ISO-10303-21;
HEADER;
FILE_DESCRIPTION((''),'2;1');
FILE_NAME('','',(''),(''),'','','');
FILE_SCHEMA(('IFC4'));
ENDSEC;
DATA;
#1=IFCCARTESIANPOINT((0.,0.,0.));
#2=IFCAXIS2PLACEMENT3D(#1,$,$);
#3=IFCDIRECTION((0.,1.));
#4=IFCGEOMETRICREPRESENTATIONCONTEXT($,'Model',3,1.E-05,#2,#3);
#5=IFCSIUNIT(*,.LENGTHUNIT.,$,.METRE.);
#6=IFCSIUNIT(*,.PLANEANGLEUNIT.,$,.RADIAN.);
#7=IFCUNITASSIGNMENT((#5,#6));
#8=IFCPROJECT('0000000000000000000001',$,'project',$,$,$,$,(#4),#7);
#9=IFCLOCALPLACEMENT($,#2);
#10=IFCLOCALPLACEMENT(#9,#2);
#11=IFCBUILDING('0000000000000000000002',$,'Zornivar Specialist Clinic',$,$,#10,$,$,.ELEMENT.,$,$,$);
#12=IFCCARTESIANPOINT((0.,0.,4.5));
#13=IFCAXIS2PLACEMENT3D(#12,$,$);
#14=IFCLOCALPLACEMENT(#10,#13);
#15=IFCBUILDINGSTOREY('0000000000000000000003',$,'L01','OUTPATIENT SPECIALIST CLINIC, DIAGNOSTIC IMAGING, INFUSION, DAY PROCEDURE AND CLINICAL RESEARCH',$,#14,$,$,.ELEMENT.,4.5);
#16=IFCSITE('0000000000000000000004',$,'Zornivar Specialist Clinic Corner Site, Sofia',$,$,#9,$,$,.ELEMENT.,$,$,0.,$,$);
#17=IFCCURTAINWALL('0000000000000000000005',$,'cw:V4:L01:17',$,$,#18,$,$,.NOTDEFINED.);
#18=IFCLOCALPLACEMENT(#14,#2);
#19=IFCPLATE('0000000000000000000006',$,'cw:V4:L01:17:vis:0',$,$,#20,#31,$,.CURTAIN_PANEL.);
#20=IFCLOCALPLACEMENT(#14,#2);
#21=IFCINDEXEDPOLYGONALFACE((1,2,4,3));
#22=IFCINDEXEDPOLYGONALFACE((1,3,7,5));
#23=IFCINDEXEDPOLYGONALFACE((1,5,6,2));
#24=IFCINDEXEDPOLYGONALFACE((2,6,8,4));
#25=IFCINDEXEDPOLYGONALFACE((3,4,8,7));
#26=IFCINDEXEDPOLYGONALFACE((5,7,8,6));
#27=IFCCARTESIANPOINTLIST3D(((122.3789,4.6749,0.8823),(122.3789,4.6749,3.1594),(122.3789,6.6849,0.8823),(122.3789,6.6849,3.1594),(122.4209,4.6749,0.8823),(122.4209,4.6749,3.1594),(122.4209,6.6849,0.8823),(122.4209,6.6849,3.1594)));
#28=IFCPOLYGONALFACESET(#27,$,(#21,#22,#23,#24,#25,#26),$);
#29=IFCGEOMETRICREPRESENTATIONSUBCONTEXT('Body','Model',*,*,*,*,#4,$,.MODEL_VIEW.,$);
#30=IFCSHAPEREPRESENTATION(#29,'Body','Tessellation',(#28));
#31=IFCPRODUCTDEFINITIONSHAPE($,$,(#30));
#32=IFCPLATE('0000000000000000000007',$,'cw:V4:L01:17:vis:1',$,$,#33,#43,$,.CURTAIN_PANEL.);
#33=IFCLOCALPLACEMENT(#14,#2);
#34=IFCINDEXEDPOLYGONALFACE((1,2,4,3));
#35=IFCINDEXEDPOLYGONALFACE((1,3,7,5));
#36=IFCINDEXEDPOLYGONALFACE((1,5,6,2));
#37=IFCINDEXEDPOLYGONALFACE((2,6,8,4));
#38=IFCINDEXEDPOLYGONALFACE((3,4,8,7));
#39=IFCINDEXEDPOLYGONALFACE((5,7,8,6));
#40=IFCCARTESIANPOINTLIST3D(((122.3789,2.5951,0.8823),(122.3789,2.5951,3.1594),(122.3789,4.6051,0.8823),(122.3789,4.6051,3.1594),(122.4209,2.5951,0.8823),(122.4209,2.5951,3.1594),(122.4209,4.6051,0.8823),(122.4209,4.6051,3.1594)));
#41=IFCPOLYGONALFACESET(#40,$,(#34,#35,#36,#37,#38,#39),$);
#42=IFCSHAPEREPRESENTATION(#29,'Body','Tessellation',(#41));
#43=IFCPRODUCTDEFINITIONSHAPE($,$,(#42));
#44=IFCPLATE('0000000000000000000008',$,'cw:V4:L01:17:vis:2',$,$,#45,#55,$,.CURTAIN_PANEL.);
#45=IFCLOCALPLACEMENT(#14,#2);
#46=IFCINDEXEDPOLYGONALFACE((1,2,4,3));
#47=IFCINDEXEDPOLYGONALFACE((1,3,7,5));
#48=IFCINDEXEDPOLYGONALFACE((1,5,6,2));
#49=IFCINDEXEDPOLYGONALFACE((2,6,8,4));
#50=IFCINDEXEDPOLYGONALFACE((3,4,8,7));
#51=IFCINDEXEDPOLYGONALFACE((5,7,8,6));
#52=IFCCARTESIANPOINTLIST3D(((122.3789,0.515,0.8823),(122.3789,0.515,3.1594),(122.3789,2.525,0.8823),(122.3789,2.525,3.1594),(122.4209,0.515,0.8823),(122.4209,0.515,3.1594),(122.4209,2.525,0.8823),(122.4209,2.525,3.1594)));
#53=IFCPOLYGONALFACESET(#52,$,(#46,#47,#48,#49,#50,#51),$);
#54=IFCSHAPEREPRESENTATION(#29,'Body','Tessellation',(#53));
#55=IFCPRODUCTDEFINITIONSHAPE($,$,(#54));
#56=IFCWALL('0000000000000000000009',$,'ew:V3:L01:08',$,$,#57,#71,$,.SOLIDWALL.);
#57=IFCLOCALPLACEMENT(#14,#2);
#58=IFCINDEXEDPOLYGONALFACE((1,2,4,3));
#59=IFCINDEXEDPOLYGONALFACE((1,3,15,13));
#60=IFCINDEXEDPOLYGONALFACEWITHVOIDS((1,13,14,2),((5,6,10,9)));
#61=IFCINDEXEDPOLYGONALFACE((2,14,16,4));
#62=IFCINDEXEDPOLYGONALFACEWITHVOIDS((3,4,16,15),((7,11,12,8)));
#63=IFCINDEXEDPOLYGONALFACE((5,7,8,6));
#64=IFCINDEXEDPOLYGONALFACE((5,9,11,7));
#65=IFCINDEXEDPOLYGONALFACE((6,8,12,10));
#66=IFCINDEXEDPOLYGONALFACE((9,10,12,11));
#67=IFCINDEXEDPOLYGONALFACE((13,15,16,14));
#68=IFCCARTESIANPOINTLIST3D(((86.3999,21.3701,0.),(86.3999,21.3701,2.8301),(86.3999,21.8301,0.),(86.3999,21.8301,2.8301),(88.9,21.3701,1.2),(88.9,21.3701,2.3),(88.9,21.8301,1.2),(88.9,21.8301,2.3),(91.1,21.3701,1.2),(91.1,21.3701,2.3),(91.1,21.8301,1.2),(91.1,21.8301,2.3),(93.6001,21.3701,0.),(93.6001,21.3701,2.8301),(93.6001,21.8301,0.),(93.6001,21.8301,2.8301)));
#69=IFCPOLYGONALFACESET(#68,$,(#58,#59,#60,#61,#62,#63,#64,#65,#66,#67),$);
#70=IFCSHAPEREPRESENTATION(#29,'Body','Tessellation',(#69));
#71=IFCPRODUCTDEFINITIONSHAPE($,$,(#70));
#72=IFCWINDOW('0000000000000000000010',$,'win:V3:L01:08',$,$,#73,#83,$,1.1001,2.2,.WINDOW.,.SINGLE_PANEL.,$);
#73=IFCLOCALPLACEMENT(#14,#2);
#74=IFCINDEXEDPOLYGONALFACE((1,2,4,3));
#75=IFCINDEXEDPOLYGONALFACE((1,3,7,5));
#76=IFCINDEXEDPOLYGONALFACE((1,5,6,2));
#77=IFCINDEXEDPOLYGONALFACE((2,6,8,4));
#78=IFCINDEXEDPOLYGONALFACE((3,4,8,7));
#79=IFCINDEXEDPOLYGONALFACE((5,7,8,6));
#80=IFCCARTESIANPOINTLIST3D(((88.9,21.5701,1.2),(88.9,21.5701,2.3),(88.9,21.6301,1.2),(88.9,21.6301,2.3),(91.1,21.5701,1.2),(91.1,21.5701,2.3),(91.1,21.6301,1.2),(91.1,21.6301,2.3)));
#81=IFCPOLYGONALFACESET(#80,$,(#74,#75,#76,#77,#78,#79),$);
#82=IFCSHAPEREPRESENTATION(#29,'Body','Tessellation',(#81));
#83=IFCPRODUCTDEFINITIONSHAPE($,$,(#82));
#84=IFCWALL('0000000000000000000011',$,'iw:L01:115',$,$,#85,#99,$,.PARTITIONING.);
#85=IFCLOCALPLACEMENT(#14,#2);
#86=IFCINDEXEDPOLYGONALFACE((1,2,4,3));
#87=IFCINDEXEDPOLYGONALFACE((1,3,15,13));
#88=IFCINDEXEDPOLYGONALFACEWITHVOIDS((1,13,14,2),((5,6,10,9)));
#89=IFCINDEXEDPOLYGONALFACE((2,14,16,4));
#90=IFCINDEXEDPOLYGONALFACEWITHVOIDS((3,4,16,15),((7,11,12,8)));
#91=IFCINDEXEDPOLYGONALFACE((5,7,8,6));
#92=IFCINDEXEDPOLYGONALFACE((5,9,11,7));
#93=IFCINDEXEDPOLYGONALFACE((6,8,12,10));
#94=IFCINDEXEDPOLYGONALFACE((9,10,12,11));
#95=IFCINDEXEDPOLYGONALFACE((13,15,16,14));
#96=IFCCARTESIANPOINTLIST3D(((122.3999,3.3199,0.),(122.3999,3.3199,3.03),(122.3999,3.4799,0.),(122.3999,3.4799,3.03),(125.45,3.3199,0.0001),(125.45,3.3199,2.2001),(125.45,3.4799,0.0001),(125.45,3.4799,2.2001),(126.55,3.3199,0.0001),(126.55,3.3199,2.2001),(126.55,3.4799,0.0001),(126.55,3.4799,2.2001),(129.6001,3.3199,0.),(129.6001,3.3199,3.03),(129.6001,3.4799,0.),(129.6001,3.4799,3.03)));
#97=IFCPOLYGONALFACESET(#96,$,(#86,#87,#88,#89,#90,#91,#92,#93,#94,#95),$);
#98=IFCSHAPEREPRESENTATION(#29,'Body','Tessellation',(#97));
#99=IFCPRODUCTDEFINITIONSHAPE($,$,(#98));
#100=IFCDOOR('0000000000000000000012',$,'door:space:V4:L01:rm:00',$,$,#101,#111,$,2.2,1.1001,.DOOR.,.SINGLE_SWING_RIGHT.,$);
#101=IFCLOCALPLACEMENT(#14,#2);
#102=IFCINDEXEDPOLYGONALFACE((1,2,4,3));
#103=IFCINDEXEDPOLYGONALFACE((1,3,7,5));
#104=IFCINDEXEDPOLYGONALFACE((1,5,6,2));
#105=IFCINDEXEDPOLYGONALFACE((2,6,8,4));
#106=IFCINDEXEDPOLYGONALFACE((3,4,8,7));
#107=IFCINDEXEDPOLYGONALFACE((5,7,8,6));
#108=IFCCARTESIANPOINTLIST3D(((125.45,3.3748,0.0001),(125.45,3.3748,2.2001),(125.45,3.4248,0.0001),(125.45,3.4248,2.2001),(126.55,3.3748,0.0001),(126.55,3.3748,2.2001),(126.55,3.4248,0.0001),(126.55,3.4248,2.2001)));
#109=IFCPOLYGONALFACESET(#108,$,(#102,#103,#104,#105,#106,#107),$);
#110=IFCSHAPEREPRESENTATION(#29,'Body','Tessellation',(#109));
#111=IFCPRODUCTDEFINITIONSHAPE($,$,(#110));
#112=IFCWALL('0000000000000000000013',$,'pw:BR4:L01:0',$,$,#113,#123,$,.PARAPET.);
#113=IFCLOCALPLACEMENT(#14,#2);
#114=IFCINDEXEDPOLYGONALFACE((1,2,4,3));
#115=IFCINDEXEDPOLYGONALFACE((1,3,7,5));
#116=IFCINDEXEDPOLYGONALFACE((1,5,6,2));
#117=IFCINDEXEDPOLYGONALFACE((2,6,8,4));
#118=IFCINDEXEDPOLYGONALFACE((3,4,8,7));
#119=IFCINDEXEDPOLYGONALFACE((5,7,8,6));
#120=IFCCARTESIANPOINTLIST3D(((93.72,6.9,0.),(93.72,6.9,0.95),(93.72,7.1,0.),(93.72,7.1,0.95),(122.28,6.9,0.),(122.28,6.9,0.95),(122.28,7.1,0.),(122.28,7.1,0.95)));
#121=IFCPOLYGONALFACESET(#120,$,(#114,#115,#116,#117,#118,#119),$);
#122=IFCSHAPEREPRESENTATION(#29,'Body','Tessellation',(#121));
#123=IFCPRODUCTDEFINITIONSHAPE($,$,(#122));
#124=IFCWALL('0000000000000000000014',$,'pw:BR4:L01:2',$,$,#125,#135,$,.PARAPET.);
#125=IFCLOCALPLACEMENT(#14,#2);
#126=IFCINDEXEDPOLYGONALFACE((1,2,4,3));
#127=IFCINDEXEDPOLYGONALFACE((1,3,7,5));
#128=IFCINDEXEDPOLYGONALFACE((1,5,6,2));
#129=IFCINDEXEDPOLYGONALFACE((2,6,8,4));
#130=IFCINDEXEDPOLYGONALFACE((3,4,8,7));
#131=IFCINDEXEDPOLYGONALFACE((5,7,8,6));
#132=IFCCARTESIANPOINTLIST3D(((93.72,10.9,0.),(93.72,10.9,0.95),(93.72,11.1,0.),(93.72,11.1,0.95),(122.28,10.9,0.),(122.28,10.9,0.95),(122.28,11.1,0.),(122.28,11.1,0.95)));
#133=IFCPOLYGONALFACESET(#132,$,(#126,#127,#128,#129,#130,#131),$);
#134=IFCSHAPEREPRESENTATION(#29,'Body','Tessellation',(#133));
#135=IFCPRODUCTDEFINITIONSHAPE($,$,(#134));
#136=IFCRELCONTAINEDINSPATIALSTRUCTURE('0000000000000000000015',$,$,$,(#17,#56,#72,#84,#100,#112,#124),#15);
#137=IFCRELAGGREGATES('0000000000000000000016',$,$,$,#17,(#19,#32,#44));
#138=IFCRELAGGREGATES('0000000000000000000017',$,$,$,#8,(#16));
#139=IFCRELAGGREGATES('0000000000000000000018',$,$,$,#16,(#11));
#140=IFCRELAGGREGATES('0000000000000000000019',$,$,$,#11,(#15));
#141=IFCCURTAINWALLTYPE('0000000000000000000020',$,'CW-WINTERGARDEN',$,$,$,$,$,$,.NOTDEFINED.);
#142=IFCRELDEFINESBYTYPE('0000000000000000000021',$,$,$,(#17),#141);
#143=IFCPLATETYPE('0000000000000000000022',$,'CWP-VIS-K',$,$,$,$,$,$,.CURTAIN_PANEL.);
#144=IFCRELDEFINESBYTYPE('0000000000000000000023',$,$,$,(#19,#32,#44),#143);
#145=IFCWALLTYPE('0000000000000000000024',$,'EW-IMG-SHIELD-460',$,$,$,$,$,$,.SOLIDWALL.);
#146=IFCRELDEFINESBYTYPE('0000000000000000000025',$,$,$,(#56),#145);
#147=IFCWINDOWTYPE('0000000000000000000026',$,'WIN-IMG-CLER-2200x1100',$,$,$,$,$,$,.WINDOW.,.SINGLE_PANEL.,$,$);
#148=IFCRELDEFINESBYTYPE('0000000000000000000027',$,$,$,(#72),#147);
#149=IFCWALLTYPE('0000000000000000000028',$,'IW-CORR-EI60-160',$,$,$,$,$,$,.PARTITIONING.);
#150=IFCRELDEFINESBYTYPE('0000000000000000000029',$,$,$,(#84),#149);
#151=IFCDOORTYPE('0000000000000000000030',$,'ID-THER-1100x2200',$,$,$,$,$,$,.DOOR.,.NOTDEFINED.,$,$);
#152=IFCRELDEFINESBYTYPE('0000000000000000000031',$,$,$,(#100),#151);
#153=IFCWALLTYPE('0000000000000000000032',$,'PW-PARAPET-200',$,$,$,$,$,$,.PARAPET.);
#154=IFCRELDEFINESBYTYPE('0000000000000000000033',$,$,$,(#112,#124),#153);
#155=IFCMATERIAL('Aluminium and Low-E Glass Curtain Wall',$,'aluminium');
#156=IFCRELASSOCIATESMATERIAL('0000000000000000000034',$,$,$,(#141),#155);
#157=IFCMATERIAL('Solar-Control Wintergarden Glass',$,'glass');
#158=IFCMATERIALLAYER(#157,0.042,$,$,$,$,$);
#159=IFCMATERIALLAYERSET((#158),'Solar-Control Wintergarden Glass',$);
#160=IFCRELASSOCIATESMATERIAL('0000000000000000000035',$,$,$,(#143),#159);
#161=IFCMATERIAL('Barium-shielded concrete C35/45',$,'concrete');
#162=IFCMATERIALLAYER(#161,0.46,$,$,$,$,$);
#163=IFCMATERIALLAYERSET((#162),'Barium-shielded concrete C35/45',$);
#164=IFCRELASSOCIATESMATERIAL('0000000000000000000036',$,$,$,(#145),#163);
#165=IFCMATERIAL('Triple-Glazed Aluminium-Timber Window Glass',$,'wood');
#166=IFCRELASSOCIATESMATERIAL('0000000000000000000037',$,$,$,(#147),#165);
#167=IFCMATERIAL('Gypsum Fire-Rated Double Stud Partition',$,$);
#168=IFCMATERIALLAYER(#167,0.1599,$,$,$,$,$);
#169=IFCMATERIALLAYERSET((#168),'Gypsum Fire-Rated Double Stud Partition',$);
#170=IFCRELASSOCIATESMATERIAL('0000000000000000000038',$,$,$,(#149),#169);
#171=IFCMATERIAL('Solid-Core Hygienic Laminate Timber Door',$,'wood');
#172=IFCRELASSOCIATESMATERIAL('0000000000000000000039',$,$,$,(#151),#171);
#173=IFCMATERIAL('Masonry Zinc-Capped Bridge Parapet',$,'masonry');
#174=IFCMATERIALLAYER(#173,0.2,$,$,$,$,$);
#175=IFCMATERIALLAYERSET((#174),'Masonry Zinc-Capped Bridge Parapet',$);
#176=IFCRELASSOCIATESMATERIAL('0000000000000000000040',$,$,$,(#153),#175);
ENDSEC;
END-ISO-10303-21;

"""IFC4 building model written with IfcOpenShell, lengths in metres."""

from ifc_helpers import new_model, si_unit, direction, frame, frame_2d, origin, origin_2d, place, context, subcontext, project, spatial, rectangle, extrude, material, layer, layer_set, type_object, element, fill, aggregate, save


model = new_model("IFC4")

# Units and contexts
model_context = context("Model", 3, precision=1e-05, world=origin(), true_north=direction((0.0, 1.0)))
body_context = subcontext(model_context, "Body", "Model", "MODEL_VIEW")
ifc_project = project(units=[si_unit("LENGTHUNIT", "METRE"), si_unit("PLANEANGLEUNIT", "RADIAN")], contexts=[model_context])

# Site, building, storey
site_placement = place(None, origin())
site = spatial("IfcSite", under=ifc_project, at=site_placement, Name="Zornivar Specialist Clinic Corner Site, Sofia", CompositionType="ELEMENT", RefElevation=0.0)
building_placement = place(site_placement, origin())
building = spatial("IfcBuilding", under=site, at=building_placement, Name="Zornivar Specialist Clinic", CompositionType="ELEMENT")
storey_placement = place(building_placement, frame((0.0, 0.0, 4.5)))
storey = spatial("IfcBuildingStorey", under=building, at=storey_placement, Name="L01", Description="OUTPATIENT SPECIALIST CLINIC, DIAGNOSTIC IMAGING, INFUSION, DAY PROCEDURE AND CLINICAL RESEARCH", CompositionType="ELEMENT", Elevation=4.5)

# Curtain wall, plates
ifc_material_1 = material(Name="Aluminium and Low-E Glass Curtain Wall", Category="aluminium")
curtain_wall_type = type_object("IfcCurtainWallType", Name="CW-WINTERGARDEN", PredefinedType="NOTDEFINED", material=ifc_material_1)
curtain_wall_placement = place(storey_placement, origin())
curtain_wall = element("IfcCurtainWall", 1, at=curtain_wall_placement, inside=storey, type_object=curtain_wall_type, Name="cw:V4:L01:17", PredefinedType="NOTDEFINED")
ifc_material_2 = material(Name="Solar-Control Wintergarden Glass", Category="glass")
ifc_layer_1 = layer(ifc_material_2, 0.042)
ifc_layer_set_1 = layer_set([ifc_layer_1], Name="Solar-Control Wintergarden Glass")
plate_type_1 = type_object("IfcPlateType", Name="CWP-VIS-K", PredefinedType="CURTAIN_PANEL", material=ifc_layer_set_1)
plate_1_placement = place(storey_placement, frame((122.3999, 5.6799, 0.8823), z_axis=(0.0, 0.0, 1.0), x_axis=(0.0, -1.0, 0.0)))
plate_1 = element("IfcPlate", 2, at=plate_1_placement, type_object=plate_type_1, Name="cw:V4:L01:17:vis:0", PredefinedType="CURTAIN_PANEL", context=body_context, shape_type="SweptSolid", body=[
    extrude(rectangle(XDim=2.01, YDim=0.042, at=origin_2d()), origin(), (0.0, 0.0, 1.0), 2.2771),
])
plate_2_placement = place(storey_placement, frame((122.3999, 3.6001, 0.8823), z_axis=(0.0, 0.0, 1.0), x_axis=(0.0, -1.0, 0.0)))
plate_2 = element("IfcPlate", 3, at=plate_2_placement, type_object=plate_type_1, Name="cw:V4:L01:17:vis:1", PredefinedType="CURTAIN_PANEL", context=body_context, shape_type="SweptSolid", body=[
    extrude(rectangle(XDim=2.01, YDim=0.042, at=origin_2d()), origin(), (0.0, 0.0, 1.0), 2.2771),
])
plate_3_placement = place(storey_placement, frame((122.3999, 1.52, 0.8823), z_axis=(0.0, 0.0, 1.0), x_axis=(0.0, -1.0, 0.0)))
plate_3 = element("IfcPlate", 4, at=plate_3_placement, type_object=plate_type_1, Name="cw:V4:L01:17:vis:2", PredefinedType="CURTAIN_PANEL", context=body_context, shape_type="SweptSolid", body=[
    extrude(rectangle(XDim=2.01, YDim=0.042, at=origin_2d()), origin(), (0.0, 0.0, 1.0), 2.2771),
])
aggregate(curtain_wall, [plate_1, plate_2, plate_3])

# Wall, opening, window
ifc_material_3 = material(Name="Barium-shielded concrete C35/45", Category="concrete")
ifc_layer_2 = layer(ifc_material_3, 0.46)
ifc_layer_set_2 = layer_set([ifc_layer_2], Name="Barium-shielded concrete C35/45")
wall_type_1 = type_object("IfcWallType", Name="EW-IMG-SHIELD-460", PredefinedType="SOLIDWALL", material=ifc_layer_set_2)
wall_1_placement = place(storey_placement, frame((93.6001, 21.6001, 0.0), z_axis=(0.0, 0.0, 1.0), x_axis=(-1.0, 0.0, 0.0)))
wall_1 = element("IfcWall", 5, at=wall_1_placement, inside=storey, type_object=wall_type_1, Name="ew:V3:L01:08", PredefinedType="SOLIDWALL", context=body_context, shape_type="SweptSolid", body=[
    extrude(rectangle(XDim=7.2002, YDim=0.46, at=frame_2d((3.6001, 0.0))), origin(), (0.0, 0.0, 1.0), 2.8301),
])
opening_1_placement = place(wall_1_placement, frame((2.5, 0.0, 1.2)))
opening_1 = element("IfcOpeningElement", 6, at=opening_1_placement, cuts=wall_1, PredefinedType="OPENING", context=body_context, shape_type="SweptSolid", body=[
    extrude(rectangle(XDim=2.2, YDim=1.1001, at=frame_2d((1.1001, 0.55))), frame((0.0, 0.24, 0.0), z_axis=(0.0, -1.0, 0.0), x_axis=(1.0, 0.0, 0.0)), (0.0, 0.0, 1.0), 0.48),
])
ifc_material_4 = material(Name="Triple-Glazed Aluminium-Timber Window Glass", Category="wood")
window_type = type_object("IfcWindowType", Name="WIN-IMG-CLER-2200x1100", PartitioningType="SINGLE_PANEL", PredefinedType="WINDOW", material=ifc_material_4)
window_placement = place(opening_1_placement, origin())
window = element("IfcWindow", 7, at=window_placement, inside=storey, type_object=window_type, Name="win:V3:L01:08", OverallHeight=1.1001, OverallWidth=2.2, PartitioningType="SINGLE_PANEL", PredefinedType="WINDOW", context=body_context, shape_type="SweptSolid", body=[
    extrude(rectangle(XDim=2.2, YDim=1.1001, at=frame_2d((1.1001, 0.55))), frame((0.0, 0.03, 0.0), z_axis=(0.0, -1.0, 0.0), x_axis=(1.0, 0.0, 0.0)), (0.0, 0.0, 1.0), 0.0601),
])
fill(opening_1, window)

# Wall, opening, door
ifc_material_5 = material(Name="Gypsum Fire-Rated Double Stud Partition")
ifc_layer_3 = layer(ifc_material_5, 0.1599)
ifc_layer_set_3 = layer_set([ifc_layer_3], Name="Gypsum Fire-Rated Double Stud Partition")
wall_type_2 = type_object("IfcWallType", Name="IW-CORR-EI60-160", PredefinedType="PARTITIONING", material=ifc_layer_set_3)
wall_2_placement = place(storey_placement, frame((122.3999, 3.3999, 0.0), z_axis=(0.0, 0.0, 1.0), x_axis=(1.0, 0.0, 0.0)))
wall_2 = element("IfcWall", 8, at=wall_2_placement, inside=storey, type_object=wall_type_2, Name="iw:L01:115", PredefinedType="PARTITIONING", context=body_context, shape_type="SweptSolid", body=[
    extrude(rectangle(XDim=7.2002, YDim=0.1599, at=frame_2d((3.6001, 0.0))), origin(), (0.0, 0.0, 1.0), 3.03),
])
opening_2_placement = place(wall_2_placement, frame((3.05, 0.0, 0.0)))
opening_2 = element("IfcOpeningElement", 9, at=opening_2_placement, cuts=wall_2, PredefinedType="OPENING", context=body_context, shape_type="SweptSolid", body=[
    extrude(rectangle(XDim=1.1001, YDim=2.2, at=frame_2d((0.55, 1.1001))), frame((0.0, 0.0898, 0.0), z_axis=(0.0, -1.0, 0.0), x_axis=(1.0, 0.0, 0.0)), (0.0, 0.0, 1.0), 0.1799),
])
ifc_material_6 = material(Name="Solid-Core Hygienic Laminate Timber Door", Category="wood")
door_type = type_object("IfcDoorType", Name="ID-THER-1100x2200", OperationType="NOTDEFINED", PredefinedType="DOOR", material=ifc_material_6)
door_placement = place(opening_2_placement, origin())
door = element("IfcDoor", 10, at=door_placement, inside=storey, type_object=door_type, Name="door:space:V4:L01:rm:00", OperationType="SINGLE_SWING_RIGHT", OverallHeight=2.2, OverallWidth=1.1001, PredefinedType="DOOR", context=body_context, shape_type="SweptSolid", body=[
    extrude(rectangle(XDim=1.1001, YDim=2.2, at=frame_2d((0.55, 1.1001))), frame((0.0, 0.0249, 0.0), z_axis=(0.0, -1.0, 0.0), x_axis=(1.0, 0.0, 0.0)), (0.0, 0.0, 1.0), 0.05),
])
fill(opening_2, door)

# Walls
ifc_material_7 = material(Name="Masonry Zinc-Capped Bridge Parapet", Category="masonry")
ifc_layer_4 = layer(ifc_material_7, 0.2)
ifc_layer_set_4 = layer_set([ifc_layer_4], Name="Masonry Zinc-Capped Bridge Parapet")
wall_type_3 = type_object("IfcWallType", Name="PW-PARAPET-200", PredefinedType="PARAPET", material=ifc_layer_set_4)
for number, where, z_axis, x_axis, name in (
    (11, (93.72, 7.0, 0.0), (0.0, 0.0, 1.0), (1.0, 0.0, 0.0), "pw:BR4:L01:0"),
    (12, (122.28, 11.0, 0.0), (0.0, 0.0, 1.0), (-1.0, 0.0, 0.0), "pw:BR4:L01:2"),
):
    element("IfcWall", number, at=place(storey_placement, frame(where, z_axis=z_axis, x_axis=x_axis)), inside=storey, type_object=wall_type_3, Name=name, PredefinedType="PARAPET", context=body_context, shape_type="SweptSolid", body=[
        extrude(rectangle(XDim=28.5601, YDim=0.2, at=frame_2d((14.28, 0.0))), origin(), (0.0, 0.0, 1.0), 0.95),
    ])

save(model, "model.ifc")
